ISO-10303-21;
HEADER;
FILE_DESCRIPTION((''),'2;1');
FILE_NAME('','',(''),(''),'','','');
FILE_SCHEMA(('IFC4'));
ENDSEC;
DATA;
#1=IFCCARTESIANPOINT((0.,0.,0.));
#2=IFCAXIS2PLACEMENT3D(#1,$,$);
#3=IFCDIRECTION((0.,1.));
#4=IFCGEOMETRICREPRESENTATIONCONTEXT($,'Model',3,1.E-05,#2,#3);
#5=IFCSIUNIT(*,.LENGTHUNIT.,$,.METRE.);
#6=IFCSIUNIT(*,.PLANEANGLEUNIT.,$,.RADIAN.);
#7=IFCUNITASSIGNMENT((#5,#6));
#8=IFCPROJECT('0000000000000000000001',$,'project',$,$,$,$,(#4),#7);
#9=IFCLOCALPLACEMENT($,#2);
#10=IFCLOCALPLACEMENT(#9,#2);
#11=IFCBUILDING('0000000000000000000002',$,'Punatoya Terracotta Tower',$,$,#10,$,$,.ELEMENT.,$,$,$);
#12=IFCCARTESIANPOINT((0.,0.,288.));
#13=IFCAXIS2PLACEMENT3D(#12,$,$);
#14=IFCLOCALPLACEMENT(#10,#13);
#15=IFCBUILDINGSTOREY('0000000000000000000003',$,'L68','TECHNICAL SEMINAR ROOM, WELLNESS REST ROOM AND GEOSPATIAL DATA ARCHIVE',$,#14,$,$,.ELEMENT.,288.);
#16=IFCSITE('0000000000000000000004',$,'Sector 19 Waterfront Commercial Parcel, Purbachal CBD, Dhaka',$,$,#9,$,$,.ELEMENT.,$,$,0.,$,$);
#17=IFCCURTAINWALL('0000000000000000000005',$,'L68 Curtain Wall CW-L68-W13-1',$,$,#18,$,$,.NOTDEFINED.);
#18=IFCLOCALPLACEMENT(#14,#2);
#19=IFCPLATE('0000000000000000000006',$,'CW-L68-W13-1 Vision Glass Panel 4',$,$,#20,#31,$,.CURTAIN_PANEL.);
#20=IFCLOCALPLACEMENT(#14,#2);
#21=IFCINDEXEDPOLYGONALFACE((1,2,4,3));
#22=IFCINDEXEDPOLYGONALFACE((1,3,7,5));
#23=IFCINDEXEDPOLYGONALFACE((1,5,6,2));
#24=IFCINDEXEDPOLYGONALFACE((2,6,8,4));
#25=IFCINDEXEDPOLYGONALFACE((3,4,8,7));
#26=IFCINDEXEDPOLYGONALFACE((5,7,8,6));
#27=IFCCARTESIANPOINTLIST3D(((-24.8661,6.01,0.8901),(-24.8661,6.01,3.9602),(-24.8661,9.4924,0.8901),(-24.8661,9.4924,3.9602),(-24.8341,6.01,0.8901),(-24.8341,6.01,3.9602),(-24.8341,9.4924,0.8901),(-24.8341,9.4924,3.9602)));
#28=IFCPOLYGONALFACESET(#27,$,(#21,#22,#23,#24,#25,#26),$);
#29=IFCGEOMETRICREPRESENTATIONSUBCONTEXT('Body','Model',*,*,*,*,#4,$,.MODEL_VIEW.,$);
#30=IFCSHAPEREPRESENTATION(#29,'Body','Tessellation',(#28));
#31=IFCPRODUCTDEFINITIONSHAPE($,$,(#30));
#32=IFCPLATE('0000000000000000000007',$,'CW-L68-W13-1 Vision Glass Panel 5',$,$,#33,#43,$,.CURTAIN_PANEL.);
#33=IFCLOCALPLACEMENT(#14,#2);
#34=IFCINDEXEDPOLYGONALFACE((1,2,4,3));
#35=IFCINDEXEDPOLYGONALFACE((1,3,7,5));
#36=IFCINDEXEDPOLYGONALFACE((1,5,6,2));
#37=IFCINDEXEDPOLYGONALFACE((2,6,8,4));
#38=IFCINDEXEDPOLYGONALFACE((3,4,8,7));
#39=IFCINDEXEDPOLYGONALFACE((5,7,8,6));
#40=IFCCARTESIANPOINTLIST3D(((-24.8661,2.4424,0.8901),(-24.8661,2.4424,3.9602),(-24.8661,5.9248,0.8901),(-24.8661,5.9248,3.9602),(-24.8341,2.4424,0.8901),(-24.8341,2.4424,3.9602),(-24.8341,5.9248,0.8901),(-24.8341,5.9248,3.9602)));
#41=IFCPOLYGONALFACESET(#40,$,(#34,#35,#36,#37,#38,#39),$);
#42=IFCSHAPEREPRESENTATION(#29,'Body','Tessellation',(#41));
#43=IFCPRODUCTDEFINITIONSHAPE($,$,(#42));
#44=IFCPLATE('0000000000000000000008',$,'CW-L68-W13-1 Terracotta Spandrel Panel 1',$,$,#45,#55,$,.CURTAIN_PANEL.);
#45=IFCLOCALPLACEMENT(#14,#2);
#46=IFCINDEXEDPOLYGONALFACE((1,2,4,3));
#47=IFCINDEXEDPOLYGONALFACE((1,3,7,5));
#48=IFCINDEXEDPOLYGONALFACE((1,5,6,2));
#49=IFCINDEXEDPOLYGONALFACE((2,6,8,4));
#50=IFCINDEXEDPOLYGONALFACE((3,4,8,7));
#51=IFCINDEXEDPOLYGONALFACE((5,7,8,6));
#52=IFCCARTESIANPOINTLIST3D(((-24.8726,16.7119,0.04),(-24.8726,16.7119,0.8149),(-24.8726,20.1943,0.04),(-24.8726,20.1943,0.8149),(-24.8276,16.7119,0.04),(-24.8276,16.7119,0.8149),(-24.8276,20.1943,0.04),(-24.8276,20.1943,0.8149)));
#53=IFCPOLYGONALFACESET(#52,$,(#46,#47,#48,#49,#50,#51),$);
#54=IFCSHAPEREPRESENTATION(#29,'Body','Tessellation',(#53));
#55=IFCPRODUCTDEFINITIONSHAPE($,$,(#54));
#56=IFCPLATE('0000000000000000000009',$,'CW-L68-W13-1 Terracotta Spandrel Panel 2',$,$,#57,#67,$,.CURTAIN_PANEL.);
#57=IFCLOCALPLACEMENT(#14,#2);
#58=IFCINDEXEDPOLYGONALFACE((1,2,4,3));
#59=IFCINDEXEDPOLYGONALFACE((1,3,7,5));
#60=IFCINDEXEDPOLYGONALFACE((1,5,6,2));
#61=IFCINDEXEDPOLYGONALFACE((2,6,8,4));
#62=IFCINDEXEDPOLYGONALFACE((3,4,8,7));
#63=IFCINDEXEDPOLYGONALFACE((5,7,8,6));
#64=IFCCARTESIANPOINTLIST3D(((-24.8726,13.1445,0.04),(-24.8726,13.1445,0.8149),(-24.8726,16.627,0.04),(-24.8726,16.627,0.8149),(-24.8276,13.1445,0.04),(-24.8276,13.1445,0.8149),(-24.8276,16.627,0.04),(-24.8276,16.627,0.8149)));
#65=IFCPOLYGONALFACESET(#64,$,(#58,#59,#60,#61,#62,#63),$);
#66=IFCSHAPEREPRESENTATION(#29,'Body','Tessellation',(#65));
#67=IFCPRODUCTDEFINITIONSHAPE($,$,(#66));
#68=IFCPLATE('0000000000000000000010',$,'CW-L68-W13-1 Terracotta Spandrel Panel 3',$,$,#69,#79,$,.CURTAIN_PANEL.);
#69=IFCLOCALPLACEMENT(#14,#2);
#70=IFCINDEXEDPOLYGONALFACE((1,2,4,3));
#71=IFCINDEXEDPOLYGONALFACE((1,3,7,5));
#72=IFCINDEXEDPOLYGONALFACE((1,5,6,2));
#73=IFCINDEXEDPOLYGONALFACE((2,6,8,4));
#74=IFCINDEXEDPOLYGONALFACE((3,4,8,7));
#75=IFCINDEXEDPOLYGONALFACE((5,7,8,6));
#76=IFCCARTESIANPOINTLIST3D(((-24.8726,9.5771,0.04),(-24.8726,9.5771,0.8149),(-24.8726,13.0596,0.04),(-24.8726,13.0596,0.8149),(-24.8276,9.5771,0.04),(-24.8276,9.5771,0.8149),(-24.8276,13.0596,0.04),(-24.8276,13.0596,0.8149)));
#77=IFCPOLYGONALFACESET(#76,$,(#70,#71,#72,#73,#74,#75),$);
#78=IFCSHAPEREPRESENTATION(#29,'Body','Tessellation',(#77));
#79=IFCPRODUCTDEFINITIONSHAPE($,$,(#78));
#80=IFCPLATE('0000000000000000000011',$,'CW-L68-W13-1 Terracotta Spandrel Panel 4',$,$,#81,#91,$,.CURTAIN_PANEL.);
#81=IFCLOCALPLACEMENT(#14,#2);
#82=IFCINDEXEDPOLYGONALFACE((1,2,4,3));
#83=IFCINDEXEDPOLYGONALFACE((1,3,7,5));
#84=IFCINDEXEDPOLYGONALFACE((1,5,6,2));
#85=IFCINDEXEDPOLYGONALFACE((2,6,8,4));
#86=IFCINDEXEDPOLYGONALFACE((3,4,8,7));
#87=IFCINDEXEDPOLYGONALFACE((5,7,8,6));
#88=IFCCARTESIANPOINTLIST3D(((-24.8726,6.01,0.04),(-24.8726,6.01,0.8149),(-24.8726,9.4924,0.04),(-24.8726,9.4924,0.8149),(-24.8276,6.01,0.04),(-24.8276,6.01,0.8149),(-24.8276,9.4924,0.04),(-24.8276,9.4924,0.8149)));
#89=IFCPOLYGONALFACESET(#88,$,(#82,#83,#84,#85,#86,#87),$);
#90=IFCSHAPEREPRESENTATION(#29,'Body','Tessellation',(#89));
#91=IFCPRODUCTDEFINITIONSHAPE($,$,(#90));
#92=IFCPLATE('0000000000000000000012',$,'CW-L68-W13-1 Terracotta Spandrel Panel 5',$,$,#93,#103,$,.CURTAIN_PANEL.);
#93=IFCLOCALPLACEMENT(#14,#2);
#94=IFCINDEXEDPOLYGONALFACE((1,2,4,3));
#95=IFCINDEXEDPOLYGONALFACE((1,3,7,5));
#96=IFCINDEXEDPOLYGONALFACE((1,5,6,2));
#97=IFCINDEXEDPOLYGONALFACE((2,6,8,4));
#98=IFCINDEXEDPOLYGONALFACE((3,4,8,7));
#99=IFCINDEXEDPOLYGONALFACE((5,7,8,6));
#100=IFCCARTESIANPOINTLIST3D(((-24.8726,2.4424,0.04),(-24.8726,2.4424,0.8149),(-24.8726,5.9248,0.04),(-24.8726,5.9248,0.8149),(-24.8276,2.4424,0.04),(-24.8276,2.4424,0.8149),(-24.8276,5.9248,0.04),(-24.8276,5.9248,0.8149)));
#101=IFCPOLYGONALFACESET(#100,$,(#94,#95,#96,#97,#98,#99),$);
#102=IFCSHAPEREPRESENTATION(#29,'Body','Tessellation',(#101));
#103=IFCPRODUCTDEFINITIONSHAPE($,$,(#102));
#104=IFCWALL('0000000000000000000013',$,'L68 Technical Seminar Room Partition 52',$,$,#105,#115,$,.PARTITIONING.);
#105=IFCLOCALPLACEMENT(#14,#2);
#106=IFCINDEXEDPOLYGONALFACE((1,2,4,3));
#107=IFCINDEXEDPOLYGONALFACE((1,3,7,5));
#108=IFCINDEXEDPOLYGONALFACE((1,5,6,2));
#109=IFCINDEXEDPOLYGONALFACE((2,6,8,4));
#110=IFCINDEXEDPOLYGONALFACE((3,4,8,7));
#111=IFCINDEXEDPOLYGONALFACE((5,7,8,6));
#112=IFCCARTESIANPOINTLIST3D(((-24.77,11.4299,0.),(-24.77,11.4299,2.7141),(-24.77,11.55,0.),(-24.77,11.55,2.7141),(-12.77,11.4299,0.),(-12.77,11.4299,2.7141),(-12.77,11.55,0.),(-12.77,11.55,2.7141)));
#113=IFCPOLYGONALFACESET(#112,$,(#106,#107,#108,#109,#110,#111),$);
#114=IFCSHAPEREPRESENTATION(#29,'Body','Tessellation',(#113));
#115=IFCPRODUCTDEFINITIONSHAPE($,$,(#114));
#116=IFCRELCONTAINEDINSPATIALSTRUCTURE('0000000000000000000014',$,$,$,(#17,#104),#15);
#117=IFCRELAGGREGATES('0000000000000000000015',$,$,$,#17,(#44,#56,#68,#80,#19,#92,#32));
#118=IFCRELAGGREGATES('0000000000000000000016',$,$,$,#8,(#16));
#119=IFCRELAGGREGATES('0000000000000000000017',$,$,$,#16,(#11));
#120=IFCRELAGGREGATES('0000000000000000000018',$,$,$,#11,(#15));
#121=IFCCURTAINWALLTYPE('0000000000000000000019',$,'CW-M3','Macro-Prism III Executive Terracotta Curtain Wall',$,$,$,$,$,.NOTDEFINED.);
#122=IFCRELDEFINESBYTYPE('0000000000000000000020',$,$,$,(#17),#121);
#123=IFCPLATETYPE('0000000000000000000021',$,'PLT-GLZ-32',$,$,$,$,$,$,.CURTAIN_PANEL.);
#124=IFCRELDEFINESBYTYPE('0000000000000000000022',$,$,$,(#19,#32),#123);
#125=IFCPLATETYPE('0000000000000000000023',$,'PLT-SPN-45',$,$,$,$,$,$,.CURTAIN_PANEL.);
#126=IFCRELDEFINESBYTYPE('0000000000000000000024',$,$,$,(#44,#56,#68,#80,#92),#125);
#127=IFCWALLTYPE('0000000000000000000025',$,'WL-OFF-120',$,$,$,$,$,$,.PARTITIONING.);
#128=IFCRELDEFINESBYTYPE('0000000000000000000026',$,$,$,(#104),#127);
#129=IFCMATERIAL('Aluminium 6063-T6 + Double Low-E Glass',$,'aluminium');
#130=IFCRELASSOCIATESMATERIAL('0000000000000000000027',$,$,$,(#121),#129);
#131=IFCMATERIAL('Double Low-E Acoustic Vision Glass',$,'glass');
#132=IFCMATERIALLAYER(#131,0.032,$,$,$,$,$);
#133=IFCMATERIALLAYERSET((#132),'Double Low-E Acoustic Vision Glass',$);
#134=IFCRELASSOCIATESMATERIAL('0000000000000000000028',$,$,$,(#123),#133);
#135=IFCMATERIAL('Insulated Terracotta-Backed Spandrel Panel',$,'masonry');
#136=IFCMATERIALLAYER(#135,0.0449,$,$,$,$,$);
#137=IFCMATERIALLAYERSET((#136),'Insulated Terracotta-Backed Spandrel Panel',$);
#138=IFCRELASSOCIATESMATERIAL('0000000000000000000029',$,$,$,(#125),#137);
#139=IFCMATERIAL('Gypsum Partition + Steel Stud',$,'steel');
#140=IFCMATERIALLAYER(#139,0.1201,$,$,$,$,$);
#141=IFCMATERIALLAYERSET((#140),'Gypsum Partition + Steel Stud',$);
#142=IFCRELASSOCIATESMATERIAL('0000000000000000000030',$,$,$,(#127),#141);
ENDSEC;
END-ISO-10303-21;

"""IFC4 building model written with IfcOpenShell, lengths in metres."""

from ifc_helpers import new_model, si_unit, direction, frame, frame_2d, origin, origin_2d, place, context, subcontext, project, spatial, rectangle, extrude, material, layer, layer_set, type_object, element, aggregate, save


model = new_model("IFC4")

# Units and contexts
model_context = context("Model", 3, precision=1e-05, world=origin(), true_north=direction((0.0, 1.0)))
body_context = subcontext(model_context, "Body", "Model", "MODEL_VIEW")
ifc_project = project(units=[si_unit("LENGTHUNIT", "METRE"), si_unit("PLANEANGLEUNIT", "RADIAN")], contexts=[model_context])

# Site, building, storey
site_placement = place(None, origin())
site = spatial("IfcSite", under=ifc_project, at=site_placement, Name="Sector 19 Waterfront Commercial Parcel, Purbachal CBD, Dhaka", CompositionType="ELEMENT", RefElevation=0.0)
building_placement = place(site_placement, origin())
building = spatial("IfcBuilding", under=site, at=building_placement, Name="Punatoya Terracotta Tower", CompositionType="ELEMENT")
storey_placement = place(building_placement, frame((0.0, 0.0, 288.0)))
storey = spatial("IfcBuildingStorey", under=building, at=storey_placement, Name="L68", Description="TECHNICAL SEMINAR ROOM, WELLNESS REST ROOM AND GEOSPATIAL DATA ARCHIVE", CompositionType="ELEMENT", Elevation=288.0)

# Curtain wall, plates
ifc_material_1 = material(Name="Aluminium 6063-T6 + Double Low-E Glass", Category="aluminium")
curtain_wall_type = type_object("IfcCurtainWallType", Name="CW-M3", Description="Macro-Prism III Executive Terracotta Curtain Wall", PredefinedType="NOTDEFINED", material=ifc_material_1)
curtain_wall_placement = place(storey_placement, origin())
curtain_wall = element("IfcCurtainWall", 1, at=curtain_wall_placement, inside=storey, type_object=curtain_wall_type, Name="L68 Curtain Wall CW-L68-W13-1", PredefinedType="NOTDEFINED")
ifc_material_2 = material(Name="Double Low-E Acoustic Vision Glass", Category="glass")
ifc_layer_1 = layer(ifc_material_2, 0.032)
ifc_layer_set_1 = layer_set([ifc_layer_1], Name="Double Low-E Acoustic Vision Glass")
plate_type_1 = type_object("IfcPlateType", Name="PLT-GLZ-32", PredefinedType="CURTAIN_PANEL", material=ifc_layer_set_1)
plate_1_placement = place(storey_placement, frame((-24.8501, 7.7512, 0.8901), z_axis=(0.0, 0.0, 1.0), x_axis=(0.0, -1.0, 0.0)))
plate_1 = element("IfcPlate", 2, at=plate_1_placement, type_object=plate_type_1, Name="CW-L68-W13-1 Vision Glass Panel 4", PredefinedType="CURTAIN_PANEL", context=body_context, shape_type="SweptSolid", body=[
    extrude(rectangle(XDim=3.4824, YDim=0.032, at=origin_2d()), origin(), (0.0, 0.0, 1.0), 3.0701),
])
plate_2_placement = place(storey_placement, frame((-24.8501, 4.1836, 0.8901), z_axis=(0.0, 0.0, 1.0), x_axis=(0.0, -1.0, 0.0)))
plate_2 = element("IfcPlate", 3, at=plate_2_placement, type_object=plate_type_1, Name="CW-L68-W13-1 Vision Glass Panel 5", PredefinedType="CURTAIN_PANEL", context=body_context, shape_type="SweptSolid", body=[
    extrude(rectangle(XDim=3.4824, YDim=0.032, at=origin_2d()), origin(), (0.0, 0.0, 1.0), 3.0701),
])
ifc_material_3 = material(Name="Insulated Terracotta-Backed Spandrel Panel", Category="masonry")
ifc_layer_2 = layer(ifc_material_3, 0.0449)
ifc_layer_set_2 = layer_set([ifc_layer_2], Name="Insulated Terracotta-Backed Spandrel Panel")
plate_type_2 = type_object("IfcPlateType", Name="PLT-SPN-45", PredefinedType="CURTAIN_PANEL", material=ifc_layer_set_2)
plate_3_placement = place(storey_placement, frame((-24.8501, 18.4531, 0.04), z_axis=(0.0, 0.0, 1.0), x_axis=(0.0, -1.0, 0.0)))
plate_3 = element("IfcPlate", 4, at=plate_3_placement, type_object=plate_type_2, Name="CW-L68-W13-1 Terracotta Spandrel Panel 1", PredefinedType="CURTAIN_PANEL", context=body_context, shape_type="SweptSolid", body=[
    extrude(rectangle(XDim=3.4824, YDim=0.0449, at=origin_2d()), origin(), (0.0, 0.0, 1.0), 0.7749),
])
plate_4_placement = place(storey_placement, frame((-24.8501, 14.8857, 0.04), z_axis=(0.0, 0.0, 1.0), x_axis=(0.0, -1.0, 0.0)))
plate_4 = element("IfcPlate", 5, at=plate_4_placement, type_object=plate_type_2, Name="CW-L68-W13-1 Terracotta Spandrel Panel 2", PredefinedType="CURTAIN_PANEL", context=body_context, shape_type="SweptSolid", body=[
    extrude(rectangle(XDim=3.4824, YDim=0.0449, at=origin_2d()), origin(), (0.0, 0.0, 1.0), 0.7749),
])
plate_5_placement = place(storey_placement, frame((-24.8501, 11.3184, 0.04), z_axis=(0.0, 0.0, 1.0), x_axis=(0.0, -1.0, 0.0)))
plate_5 = element("IfcPlate", 6, at=plate_5_placement, type_object=plate_type_2, Name="CW-L68-W13-1 Terracotta Spandrel Panel 3", PredefinedType="CURTAIN_PANEL", context=body_context, shape_type="SweptSolid", body=[
    extrude(rectangle(XDim=3.4824, YDim=0.0449, at=origin_2d()), origin(), (0.0, 0.0, 1.0), 0.7749),
])
plate_6_placement = place(storey_placement, frame((-24.8501, 7.7512, 0.04), z_axis=(0.0, 0.0, 1.0), x_axis=(0.0, -1.0, 0.0)))
plate_6 = element("IfcPlate", 7, at=plate_6_placement, type_object=plate_type_2, Name="CW-L68-W13-1 Terracotta Spandrel Panel 4", PredefinedType="CURTAIN_PANEL", context=body_context, shape_type="SweptSolid", body=[
    extrude(rectangle(XDim=3.4824, YDim=0.0449, at=origin_2d()), origin(), (0.0, 0.0, 1.0), 0.7749),
])
plate_7_placement = place(storey_placement, frame((-24.8501, 4.1836, 0.04), z_axis=(0.0, 0.0, 1.0), x_axis=(0.0, -1.0, 0.0)))
plate_7 = element("IfcPlate", 8, at=plate_7_placement, type_object=plate_type_2, Name="CW-L68-W13-1 Terracotta Spandrel Panel 5", PredefinedType="CURTAIN_PANEL", context=body_context, shape_type="SweptSolid", body=[
    extrude(rectangle(XDim=3.4824, YDim=0.0449, at=origin_2d()), origin(), (0.0, 0.0, 1.0), 0.7749),
])
aggregate(curtain_wall, [plate_3, plate_4, plate_5, plate_6, plate_1, plate_7, plate_2])

# Wall
ifc_material_4 = material(Name="Gypsum Partition + Steel Stud", Category="steel")
ifc_layer_3 = layer(ifc_material_4, 0.1201)
ifc_layer_set_3 = layer_set([ifc_layer_3], Name="Gypsum Partition + Steel Stud")
wall_type = type_object("IfcWallType", Name="WL-OFF-120", PredefinedType="PARTITIONING", material=ifc_layer_set_3)
wall_placement = place(storey_placement, frame((-24.77, 11.49, 0.0), z_axis=(0.0, 0.0, 1.0), x_axis=(1.0, 0.0, 0.0)))
element("IfcWall", 9, at=wall_placement, inside=storey, type_object=wall_type, Name="L68 Technical Seminar Room Partition 52", PredefinedType="PARTITIONING", context=body_context, shape_type="SweptSolid", body=[
    extrude(rectangle(XDim=12.0, YDim=0.1201, at=frame_2d((6.0, 0.0))), origin(), (0.0, 0.0, 1.0), 2.7141),
])

save(model, "model.ifc")
